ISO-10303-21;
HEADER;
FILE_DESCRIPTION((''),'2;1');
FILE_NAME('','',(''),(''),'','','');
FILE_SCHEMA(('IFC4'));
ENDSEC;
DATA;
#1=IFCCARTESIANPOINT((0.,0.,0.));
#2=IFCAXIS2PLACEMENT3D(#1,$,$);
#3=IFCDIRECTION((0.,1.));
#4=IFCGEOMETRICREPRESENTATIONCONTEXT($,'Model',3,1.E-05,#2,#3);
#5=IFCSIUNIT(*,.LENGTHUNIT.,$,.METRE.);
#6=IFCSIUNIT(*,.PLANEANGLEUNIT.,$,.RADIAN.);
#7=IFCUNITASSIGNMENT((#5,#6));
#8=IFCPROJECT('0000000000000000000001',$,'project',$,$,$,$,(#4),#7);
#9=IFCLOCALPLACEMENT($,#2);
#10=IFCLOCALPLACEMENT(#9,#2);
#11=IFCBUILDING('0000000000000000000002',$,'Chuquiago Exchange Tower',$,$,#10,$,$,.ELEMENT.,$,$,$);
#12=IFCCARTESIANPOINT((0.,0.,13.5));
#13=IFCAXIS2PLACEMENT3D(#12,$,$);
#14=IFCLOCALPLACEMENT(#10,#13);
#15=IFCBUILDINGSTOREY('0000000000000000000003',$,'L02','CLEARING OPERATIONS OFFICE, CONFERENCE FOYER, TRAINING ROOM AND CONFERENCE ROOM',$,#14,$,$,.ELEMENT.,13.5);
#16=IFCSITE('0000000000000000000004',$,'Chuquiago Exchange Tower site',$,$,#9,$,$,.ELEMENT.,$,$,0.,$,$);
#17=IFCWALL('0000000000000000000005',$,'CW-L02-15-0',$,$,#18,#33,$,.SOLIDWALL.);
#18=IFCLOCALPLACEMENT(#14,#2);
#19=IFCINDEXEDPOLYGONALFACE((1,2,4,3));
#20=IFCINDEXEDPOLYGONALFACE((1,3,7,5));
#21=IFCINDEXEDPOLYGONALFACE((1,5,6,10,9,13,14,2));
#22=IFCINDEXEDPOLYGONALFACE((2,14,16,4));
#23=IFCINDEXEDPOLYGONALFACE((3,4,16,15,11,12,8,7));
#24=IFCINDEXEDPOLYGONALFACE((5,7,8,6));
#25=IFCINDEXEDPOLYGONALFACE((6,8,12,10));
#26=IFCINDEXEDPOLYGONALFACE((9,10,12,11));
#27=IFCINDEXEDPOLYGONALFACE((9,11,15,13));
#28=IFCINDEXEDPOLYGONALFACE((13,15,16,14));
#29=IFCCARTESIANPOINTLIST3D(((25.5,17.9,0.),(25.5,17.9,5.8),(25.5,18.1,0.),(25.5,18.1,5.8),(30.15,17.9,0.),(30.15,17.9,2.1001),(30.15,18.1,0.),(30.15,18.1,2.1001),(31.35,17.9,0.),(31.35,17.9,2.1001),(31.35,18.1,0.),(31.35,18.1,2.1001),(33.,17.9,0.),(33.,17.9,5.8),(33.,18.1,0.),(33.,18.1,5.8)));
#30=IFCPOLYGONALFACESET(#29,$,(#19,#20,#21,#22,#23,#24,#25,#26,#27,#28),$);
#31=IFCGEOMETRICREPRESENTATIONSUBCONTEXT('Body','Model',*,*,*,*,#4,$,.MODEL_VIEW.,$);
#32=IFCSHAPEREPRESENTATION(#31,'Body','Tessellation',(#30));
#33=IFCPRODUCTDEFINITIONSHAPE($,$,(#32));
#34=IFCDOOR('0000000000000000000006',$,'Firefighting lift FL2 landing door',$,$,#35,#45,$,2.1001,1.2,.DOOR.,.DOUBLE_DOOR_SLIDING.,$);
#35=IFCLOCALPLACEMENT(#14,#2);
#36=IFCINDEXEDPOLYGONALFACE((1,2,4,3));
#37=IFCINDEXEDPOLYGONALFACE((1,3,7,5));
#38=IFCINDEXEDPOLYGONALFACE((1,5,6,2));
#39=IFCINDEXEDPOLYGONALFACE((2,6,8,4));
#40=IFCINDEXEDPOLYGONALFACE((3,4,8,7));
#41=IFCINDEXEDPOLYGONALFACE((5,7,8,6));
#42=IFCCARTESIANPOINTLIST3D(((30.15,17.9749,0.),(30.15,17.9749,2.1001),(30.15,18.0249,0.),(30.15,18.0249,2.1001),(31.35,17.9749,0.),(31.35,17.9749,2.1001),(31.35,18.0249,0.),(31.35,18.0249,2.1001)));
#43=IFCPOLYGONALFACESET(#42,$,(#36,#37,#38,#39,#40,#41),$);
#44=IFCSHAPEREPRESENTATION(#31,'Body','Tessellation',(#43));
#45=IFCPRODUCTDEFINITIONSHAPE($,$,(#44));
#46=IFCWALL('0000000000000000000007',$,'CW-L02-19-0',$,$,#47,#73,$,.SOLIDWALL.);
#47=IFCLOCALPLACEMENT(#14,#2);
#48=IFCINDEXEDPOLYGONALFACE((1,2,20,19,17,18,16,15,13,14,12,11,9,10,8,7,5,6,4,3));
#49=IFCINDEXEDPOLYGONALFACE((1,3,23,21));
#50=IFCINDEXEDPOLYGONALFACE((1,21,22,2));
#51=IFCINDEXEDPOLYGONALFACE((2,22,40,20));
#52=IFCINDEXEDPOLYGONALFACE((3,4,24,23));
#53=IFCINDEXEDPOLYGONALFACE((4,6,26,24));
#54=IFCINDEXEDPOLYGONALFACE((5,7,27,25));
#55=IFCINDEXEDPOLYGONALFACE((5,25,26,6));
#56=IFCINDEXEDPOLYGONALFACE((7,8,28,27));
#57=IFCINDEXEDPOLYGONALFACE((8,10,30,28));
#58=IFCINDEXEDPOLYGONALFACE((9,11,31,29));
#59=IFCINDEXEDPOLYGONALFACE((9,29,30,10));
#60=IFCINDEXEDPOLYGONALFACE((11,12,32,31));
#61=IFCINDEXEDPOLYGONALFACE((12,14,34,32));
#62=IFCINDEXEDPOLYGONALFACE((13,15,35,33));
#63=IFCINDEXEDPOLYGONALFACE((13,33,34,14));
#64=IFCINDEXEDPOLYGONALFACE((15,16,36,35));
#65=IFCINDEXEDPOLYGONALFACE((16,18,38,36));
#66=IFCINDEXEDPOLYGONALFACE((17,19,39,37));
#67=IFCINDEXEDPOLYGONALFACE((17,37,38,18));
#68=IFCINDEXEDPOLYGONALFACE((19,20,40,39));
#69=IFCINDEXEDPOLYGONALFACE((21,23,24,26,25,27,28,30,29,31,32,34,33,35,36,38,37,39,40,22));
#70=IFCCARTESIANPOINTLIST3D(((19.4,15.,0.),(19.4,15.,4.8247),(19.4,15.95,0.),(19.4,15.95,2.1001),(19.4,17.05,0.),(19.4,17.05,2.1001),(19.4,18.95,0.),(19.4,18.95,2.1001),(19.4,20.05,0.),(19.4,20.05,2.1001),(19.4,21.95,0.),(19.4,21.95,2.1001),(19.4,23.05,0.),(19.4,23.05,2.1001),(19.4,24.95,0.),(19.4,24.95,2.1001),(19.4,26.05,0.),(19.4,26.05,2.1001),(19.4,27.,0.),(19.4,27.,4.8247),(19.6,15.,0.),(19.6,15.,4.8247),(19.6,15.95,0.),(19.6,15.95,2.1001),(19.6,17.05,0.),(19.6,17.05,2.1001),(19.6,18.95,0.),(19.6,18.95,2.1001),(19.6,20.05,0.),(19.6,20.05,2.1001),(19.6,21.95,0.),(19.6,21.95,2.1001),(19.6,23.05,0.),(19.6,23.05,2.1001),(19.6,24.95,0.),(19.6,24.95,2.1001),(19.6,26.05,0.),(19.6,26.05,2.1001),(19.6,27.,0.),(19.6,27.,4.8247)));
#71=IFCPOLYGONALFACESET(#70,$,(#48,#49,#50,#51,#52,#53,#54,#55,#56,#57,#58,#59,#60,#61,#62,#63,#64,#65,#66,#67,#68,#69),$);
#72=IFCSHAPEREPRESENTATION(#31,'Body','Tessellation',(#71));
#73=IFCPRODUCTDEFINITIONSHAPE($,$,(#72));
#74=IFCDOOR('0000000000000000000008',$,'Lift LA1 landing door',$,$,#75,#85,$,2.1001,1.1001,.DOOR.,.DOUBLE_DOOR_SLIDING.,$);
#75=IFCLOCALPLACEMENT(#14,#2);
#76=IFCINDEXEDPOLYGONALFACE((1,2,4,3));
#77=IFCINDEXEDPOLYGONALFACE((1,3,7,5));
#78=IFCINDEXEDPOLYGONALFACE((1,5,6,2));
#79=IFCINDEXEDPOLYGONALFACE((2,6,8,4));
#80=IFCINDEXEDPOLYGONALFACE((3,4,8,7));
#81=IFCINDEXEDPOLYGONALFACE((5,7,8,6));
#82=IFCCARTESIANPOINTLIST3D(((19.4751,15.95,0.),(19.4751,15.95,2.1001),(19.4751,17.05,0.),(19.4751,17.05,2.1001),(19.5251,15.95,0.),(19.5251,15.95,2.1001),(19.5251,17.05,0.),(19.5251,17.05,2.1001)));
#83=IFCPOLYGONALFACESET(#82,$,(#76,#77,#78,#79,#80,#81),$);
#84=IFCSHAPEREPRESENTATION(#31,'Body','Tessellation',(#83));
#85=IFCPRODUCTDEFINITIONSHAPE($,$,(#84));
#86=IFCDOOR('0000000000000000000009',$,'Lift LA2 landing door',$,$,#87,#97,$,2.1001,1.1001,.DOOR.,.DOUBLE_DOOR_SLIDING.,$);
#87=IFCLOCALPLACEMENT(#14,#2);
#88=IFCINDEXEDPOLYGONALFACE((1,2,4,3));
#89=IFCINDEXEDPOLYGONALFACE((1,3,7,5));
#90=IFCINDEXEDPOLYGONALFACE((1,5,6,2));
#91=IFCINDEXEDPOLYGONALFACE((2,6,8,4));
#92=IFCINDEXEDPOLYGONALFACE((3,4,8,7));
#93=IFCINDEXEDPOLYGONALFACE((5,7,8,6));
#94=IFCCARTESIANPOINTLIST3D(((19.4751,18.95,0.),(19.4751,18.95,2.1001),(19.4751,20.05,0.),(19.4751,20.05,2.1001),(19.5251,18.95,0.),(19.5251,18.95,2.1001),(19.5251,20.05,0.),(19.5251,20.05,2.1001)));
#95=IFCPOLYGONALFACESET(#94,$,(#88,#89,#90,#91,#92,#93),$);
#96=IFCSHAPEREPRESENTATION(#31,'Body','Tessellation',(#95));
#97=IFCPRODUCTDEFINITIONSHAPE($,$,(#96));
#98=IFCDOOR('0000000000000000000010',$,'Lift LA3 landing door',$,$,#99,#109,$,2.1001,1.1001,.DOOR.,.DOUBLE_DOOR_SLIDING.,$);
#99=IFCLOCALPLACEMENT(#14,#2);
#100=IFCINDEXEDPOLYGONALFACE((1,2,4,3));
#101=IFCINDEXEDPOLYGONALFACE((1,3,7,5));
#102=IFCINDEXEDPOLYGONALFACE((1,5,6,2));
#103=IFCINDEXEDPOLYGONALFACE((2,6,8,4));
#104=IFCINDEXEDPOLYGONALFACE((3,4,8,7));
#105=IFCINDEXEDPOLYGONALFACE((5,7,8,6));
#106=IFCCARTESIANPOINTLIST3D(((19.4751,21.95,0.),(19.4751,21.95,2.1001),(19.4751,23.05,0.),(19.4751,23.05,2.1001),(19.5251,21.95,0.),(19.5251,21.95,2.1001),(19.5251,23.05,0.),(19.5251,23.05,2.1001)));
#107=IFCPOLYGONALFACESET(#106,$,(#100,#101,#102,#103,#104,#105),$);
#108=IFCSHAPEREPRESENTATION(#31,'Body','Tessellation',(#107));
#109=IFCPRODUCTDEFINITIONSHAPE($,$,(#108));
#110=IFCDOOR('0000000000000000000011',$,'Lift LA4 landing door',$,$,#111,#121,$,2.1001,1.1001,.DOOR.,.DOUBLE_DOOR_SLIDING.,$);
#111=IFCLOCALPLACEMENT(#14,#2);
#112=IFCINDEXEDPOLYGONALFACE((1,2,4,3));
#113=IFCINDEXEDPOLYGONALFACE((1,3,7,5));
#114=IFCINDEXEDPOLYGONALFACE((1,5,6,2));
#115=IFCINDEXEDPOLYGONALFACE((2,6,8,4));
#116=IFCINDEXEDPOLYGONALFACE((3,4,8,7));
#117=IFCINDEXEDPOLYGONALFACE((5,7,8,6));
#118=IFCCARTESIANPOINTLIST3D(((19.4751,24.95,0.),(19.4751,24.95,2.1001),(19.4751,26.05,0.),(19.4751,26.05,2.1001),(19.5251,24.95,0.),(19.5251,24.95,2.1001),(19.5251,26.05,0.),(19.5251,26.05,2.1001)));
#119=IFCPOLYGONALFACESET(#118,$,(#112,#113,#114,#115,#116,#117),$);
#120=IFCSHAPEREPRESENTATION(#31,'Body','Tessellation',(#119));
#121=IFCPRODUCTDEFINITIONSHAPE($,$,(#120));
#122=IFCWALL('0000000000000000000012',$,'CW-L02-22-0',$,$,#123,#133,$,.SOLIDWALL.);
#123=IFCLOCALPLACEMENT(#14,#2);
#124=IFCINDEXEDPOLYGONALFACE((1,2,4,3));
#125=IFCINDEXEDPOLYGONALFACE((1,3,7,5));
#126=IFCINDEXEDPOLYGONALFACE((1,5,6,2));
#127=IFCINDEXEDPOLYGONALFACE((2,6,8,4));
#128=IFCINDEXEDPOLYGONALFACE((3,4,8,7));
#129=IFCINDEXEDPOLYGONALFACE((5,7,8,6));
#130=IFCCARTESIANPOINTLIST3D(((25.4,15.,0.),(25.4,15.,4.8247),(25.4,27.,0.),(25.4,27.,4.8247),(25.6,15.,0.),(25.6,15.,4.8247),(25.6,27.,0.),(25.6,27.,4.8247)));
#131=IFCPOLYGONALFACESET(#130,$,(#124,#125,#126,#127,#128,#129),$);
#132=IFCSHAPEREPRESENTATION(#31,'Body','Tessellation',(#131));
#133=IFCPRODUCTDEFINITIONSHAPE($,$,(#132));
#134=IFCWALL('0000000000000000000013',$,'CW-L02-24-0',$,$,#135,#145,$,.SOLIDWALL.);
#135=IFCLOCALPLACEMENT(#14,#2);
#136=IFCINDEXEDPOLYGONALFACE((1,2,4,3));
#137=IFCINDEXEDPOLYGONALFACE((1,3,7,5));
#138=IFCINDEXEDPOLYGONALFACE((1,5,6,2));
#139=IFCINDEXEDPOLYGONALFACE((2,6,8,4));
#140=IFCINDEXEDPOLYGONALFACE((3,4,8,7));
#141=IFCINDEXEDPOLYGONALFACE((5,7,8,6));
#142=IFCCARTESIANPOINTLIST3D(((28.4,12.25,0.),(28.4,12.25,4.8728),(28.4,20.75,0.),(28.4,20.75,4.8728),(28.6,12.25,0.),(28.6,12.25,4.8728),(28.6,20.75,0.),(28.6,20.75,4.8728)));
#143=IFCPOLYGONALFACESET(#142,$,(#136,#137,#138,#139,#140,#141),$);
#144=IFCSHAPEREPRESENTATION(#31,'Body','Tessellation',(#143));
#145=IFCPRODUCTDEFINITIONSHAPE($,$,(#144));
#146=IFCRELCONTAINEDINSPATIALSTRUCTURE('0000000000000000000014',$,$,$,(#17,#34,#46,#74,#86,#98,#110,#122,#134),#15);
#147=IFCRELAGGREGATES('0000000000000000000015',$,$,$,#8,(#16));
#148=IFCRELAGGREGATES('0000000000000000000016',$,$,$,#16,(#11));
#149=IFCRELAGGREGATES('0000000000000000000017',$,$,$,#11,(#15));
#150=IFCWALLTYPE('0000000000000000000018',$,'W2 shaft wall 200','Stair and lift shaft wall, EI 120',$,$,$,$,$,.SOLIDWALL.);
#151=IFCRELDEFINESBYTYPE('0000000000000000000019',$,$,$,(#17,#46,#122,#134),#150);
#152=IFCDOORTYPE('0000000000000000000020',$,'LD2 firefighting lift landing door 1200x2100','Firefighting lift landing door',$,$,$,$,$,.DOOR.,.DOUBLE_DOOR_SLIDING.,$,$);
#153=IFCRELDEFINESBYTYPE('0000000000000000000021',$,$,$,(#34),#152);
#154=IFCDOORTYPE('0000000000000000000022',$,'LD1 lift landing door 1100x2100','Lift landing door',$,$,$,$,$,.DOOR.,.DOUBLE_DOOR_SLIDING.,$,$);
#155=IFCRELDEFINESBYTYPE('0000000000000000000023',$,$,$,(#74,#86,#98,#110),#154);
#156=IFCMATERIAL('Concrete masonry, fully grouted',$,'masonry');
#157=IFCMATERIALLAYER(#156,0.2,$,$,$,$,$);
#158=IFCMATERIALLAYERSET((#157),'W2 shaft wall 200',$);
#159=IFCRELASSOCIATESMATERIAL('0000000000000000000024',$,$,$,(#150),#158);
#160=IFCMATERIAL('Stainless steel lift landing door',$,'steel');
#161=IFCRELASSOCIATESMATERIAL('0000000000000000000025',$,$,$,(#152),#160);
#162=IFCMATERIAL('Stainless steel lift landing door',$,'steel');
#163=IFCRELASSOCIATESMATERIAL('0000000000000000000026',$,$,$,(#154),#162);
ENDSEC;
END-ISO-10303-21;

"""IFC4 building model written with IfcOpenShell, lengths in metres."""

from ifc_helpers import new_model, si_unit, direction, frame, frame_2d, origin, place, context, subcontext, project, spatial, rectangle, extrude, material, layer, layer_set, type_object, element, fill, save


model = new_model("IFC4")

# Units and contexts
model_context = context("Model", 3, precision=1e-05, world=origin(), true_north=direction((0.0, 1.0)))
body_context = subcontext(model_context, "Body", "Model", "MODEL_VIEW")
ifc_project = project(units=[si_unit("LENGTHUNIT", "METRE"), si_unit("PLANEANGLEUNIT", "RADIAN")], contexts=[model_context])

# Site, building, storey
site_placement = place(None, origin())
site = spatial("IfcSite", under=ifc_project, at=site_placement, Name="Chuquiago Exchange Tower site", CompositionType="ELEMENT", RefElevation=0.0)
building_placement = place(site_placement, origin())
building = spatial("IfcBuilding", under=site, at=building_placement, Name="Chuquiago Exchange Tower", CompositionType="ELEMENT")
storey_placement = place(building_placement, frame((0.0, 0.0, 13.5)))
storey = spatial("IfcBuildingStorey", under=building, at=storey_placement, Name="L02", Description="CLEARING OPERATIONS OFFICE, CONFERENCE FOYER, TRAINING ROOM AND CONFERENCE ROOM", CompositionType="ELEMENT", Elevation=13.5)

# Shared definitions
ifc_material_1 = material(Name="Concrete masonry, fully grouted", Category="masonry")
ifc_layer_1 = layer(ifc_material_1, 0.2)
ifc_layer_set_1 = layer_set([ifc_layer_1], Name="W2 shaft wall 200")
wall_type_1 = type_object("IfcWallType", Name="W2 shaft wall 200", Description="Stair and lift shaft wall, EI 120", PredefinedType="SOLIDWALL", material=ifc_layer_set_1)

# Wall, opening, door
wall_1_placement = place(storey_placement, frame((25.5, 18.0, 0.0), z_axis=(0.0, 0.0, 1.0), x_axis=(1.0, 0.0, 0.0)))
wall_1 = element("IfcWall", 1, at=wall_1_placement, inside=storey, type_object=wall_type_1, Name="CW-L02-15-0", PredefinedType="SOLIDWALL", context=body_context, shape_type="SweptSolid", body=[
    extrude(rectangle(XDim=7.5, YDim=0.2, at=frame_2d((3.75, 0.0))), origin(), (0.0, 0.0, 1.0), 5.8),
])
opening_1_placement = place(wall_1_placement, frame((4.6499, 0.0, 0.0)))
opening_1 = element("IfcOpeningElement", 2, at=opening_1_placement, cuts=wall_1, PredefinedType="OPENING", context=body_context, shape_type="SweptSolid", body=[
    extrude(rectangle(XDim=1.2, YDim=2.1001, at=frame_2d((0.6001, 1.05))), frame((0.0, 0.1099, 0.0), z_axis=(0.0, -1.0, 0.0), x_axis=(1.0, 0.0, 0.0)), (0.0, 0.0, 1.0), 0.22),
])
ifc_material_2 = material(Name="Stainless steel lift landing door", Category="steel")
door_type_1 = type_object("IfcDoorType", Name="LD2 firefighting lift landing door 1200x2100", Description="Firefighting lift landing door", OperationType="DOUBLE_DOOR_SLIDING", PredefinedType="DOOR", material=ifc_material_2)
door_1_placement = place(opening_1_placement, origin())
door_1 = element("IfcDoor", 3, at=door_1_placement, inside=storey, type_object=door_type_1, Name="Firefighting lift FL2 landing door", OperationType="DOUBLE_DOOR_SLIDING", OverallHeight=2.1001, OverallWidth=1.2, PredefinedType="DOOR", context=body_context, shape_type="SweptSolid", body=[
    extrude(rectangle(XDim=1.2, YDim=2.1001, at=frame_2d((0.6001, 1.05))), frame((0.0, 0.0249, 0.0), z_axis=(0.0, -1.0, 0.0), x_axis=(1.0, 0.0, 0.0)), (0.0, 0.0, 1.0), 0.05),
])
fill(opening_1, door_1)

# Wall, openings, doors
wall_2_placement = place(storey_placement, frame((19.5, 15.0, 0.0), z_axis=(0.0, 0.0, 1.0), x_axis=(0.0, 1.0, 0.0)))
wall_2 = element("IfcWall", 4, at=wall_2_placement, inside=storey, type_object=wall_type_1, Name="CW-L02-19-0", PredefinedType="SOLIDWALL", context=body_context, shape_type="SweptSolid", body=[
    extrude(rectangle(XDim=12.0, YDim=0.2, at=frame_2d((6.0, 0.0))), origin(), (0.0, 0.0, 1.0), 4.8247),
])
opening_2_placement = place(wall_2_placement, frame((0.95, 0.0, 0.0)))
opening_2 = element("IfcOpeningElement", 5, at=opening_2_placement, cuts=wall_2, PredefinedType="OPENING", context=body_context, shape_type="SweptSolid", body=[
    extrude(rectangle(XDim=1.1001, YDim=2.1001, at=frame_2d((0.55, 1.05))), frame((0.0, 0.1099, 0.0), z_axis=(0.0, -1.0, 0.0), x_axis=(1.0, 0.0, 0.0)), (0.0, 0.0, 1.0), 0.22),
])
opening_3_placement = place(wall_2_placement, frame((3.95, 0.0, 0.0)))
opening_3 = element("IfcOpeningElement", 6, at=opening_3_placement, cuts=wall_2, PredefinedType="OPENING", context=body_context, shape_type="SweptSolid", body=[
    extrude(rectangle(XDim=1.1001, YDim=2.1001, at=frame_2d((0.55, 1.05))), frame((0.0, 0.1099, 0.0), z_axis=(0.0, -1.0, 0.0), x_axis=(1.0, 0.0, 0.0)), (0.0, 0.0, 1.0), 0.22),
])
opening_4_placement = place(wall_2_placement, frame((6.95, 0.0, 0.0)))
opening_4 = element("IfcOpeningElement", 7, at=opening_4_placement, cuts=wall_2, PredefinedType="OPENING", context=body_context, shape_type="SweptSolid", body=[
    extrude(rectangle(XDim=1.1001, YDim=2.1001, at=frame_2d((0.55, 1.05))), frame((0.0, 0.1099, 0.0), z_axis=(0.0, -1.0, 0.0), x_axis=(1.0, 0.0, 0.0)), (0.0, 0.0, 1.0), 0.22),
])
opening_5_placement = place(wall_2_placement, frame((9.95, 0.0, 0.0)))
opening_5 = element("IfcOpeningElement", 8, at=opening_5_placement, cuts=wall_2, PredefinedType="OPENING", context=body_context, shape_type="SweptSolid", body=[
    extrude(rectangle(XDim=1.1001, YDim=2.1001, at=frame_2d((0.55, 1.05))), frame((0.0, 0.1099, 0.0), z_axis=(0.0, -1.0, 0.0), x_axis=(1.0, 0.0, 0.0)), (0.0, 0.0, 1.0), 0.22),
])
ifc_material_3 = material(Name="Stainless steel lift landing door", Category="steel")
door_type_2 = type_object("IfcDoorType", Name="LD1 lift landing door 1100x2100", Description="Lift landing door", OperationType="DOUBLE_DOOR_SLIDING", PredefinedType="DOOR", material=ifc_material_3)
door_2_placement = place(opening_2_placement, origin())
door_2 = element("IfcDoor", 9, at=door_2_placement, inside=storey, type_object=door_type_2, Name="Lift LA1 landing door", OperationType="DOUBLE_DOOR_SLIDING", OverallHeight=2.1001, OverallWidth=1.1001, PredefinedType="DOOR", context=body_context, shape_type="SweptSolid", body=[
    extrude(rectangle(XDim=1.1001, YDim=2.1001, at=frame_2d((0.55, 1.05))), frame((0.0, 0.0249, 0.0), z_axis=(0.0, -1.0, 0.0), x_axis=(1.0, 0.0, 0.0)), (0.0, 0.0, 1.0), 0.05),
])
fill(opening_2, door_2)
door_3_placement = place(opening_3_placement, origin())
door_3 = element("IfcDoor", 10, at=door_3_placement, inside=storey, type_object=door_type_2, Name="Lift LA2 landing door", OperationType="DOUBLE_DOOR_SLIDING", OverallHeight=2.1001, OverallWidth=1.1001, PredefinedType="DOOR", context=body_context, shape_type="SweptSolid", body=[
    extrude(rectangle(XDim=1.1001, YDim=2.1001, at=frame_2d((0.55, 1.05))), frame((0.0, 0.0249, 0.0), z_axis=(0.0, -1.0, 0.0), x_axis=(1.0, 0.0, 0.0)), (0.0, 0.0, 1.0), 0.05),
])
fill(opening_3, door_3)
door_4_placement = place(opening_4_placement, origin())
door_4 = element("IfcDoor", 11, at=door_4_placement, inside=storey, type_object=door_type_2, Name="Lift LA3 landing door", OperationType="DOUBLE_DOOR_SLIDING", OverallHeight=2.1001, OverallWidth=1.1001, PredefinedType="DOOR", context=body_context, shape_type="SweptSolid", body=[
    extrude(rectangle(XDim=1.1001, YDim=2.1001, at=frame_2d((0.55, 1.05))), frame((0.0, 0.0249, 0.0), z_axis=(0.0, -1.0, 0.0), x_axis=(1.0, 0.0, 0.0)), (0.0, 0.0, 1.0), 0.05),
])
fill(opening_4, door_4)
door_5_placement = place(opening_5_placement, origin())
door_5 = element("IfcDoor", 12, at=door_5_placement, inside=storey, type_object=door_type_2, Name="Lift LA4 landing door", OperationType="DOUBLE_DOOR_SLIDING", OverallHeight=2.1001, OverallWidth=1.1001, PredefinedType="DOOR", context=body_context, shape_type="SweptSolid", body=[
    extrude(rectangle(XDim=1.1001, YDim=2.1001, at=frame_2d((0.55, 1.05))), frame((0.0, 0.0249, 0.0), z_axis=(0.0, -1.0, 0.0), x_axis=(1.0, 0.0, 0.0)), (0.0, 0.0, 1.0), 0.05),
])
fill(opening_5, door_5)

# Walls
wall_3_placement = place(storey_placement, frame((25.5, 15.0, 0.0), z_axis=(0.0, 0.0, 1.0), x_axis=(0.0, 1.0, 0.0)))
element("IfcWall", 13, at=wall_3_placement, inside=storey, type_object=wall_type_1, Name="CW-L02-22-0", PredefinedType="SOLIDWALL", context=body_context, shape_type="SweptSolid", body=[
    extrude(rectangle(XDim=12.0, YDim=0.2, at=frame_2d((6.0, 0.0))), origin(), (0.0, 0.0, 1.0), 4.8247),
])
wall_4_placement = place(storey_placement, frame((28.5, 12.25, 0.0), z_axis=(0.0, 0.0, 1.0), x_axis=(0.0, 1.0, 0.0)))
element("IfcWall", 14, at=wall_4_placement, inside=storey, type_object=wall_type_1, Name="CW-L02-24-0", PredefinedType="SOLIDWALL", context=body_context, shape_type="SweptSolid", body=[
    extrude(rectangle(XDim=8.5, YDim=0.2, at=frame_2d((4.25, 0.0))), origin(), (0.0, 0.0, 1.0), 4.8728),
])

save(model, "model.ifc")
